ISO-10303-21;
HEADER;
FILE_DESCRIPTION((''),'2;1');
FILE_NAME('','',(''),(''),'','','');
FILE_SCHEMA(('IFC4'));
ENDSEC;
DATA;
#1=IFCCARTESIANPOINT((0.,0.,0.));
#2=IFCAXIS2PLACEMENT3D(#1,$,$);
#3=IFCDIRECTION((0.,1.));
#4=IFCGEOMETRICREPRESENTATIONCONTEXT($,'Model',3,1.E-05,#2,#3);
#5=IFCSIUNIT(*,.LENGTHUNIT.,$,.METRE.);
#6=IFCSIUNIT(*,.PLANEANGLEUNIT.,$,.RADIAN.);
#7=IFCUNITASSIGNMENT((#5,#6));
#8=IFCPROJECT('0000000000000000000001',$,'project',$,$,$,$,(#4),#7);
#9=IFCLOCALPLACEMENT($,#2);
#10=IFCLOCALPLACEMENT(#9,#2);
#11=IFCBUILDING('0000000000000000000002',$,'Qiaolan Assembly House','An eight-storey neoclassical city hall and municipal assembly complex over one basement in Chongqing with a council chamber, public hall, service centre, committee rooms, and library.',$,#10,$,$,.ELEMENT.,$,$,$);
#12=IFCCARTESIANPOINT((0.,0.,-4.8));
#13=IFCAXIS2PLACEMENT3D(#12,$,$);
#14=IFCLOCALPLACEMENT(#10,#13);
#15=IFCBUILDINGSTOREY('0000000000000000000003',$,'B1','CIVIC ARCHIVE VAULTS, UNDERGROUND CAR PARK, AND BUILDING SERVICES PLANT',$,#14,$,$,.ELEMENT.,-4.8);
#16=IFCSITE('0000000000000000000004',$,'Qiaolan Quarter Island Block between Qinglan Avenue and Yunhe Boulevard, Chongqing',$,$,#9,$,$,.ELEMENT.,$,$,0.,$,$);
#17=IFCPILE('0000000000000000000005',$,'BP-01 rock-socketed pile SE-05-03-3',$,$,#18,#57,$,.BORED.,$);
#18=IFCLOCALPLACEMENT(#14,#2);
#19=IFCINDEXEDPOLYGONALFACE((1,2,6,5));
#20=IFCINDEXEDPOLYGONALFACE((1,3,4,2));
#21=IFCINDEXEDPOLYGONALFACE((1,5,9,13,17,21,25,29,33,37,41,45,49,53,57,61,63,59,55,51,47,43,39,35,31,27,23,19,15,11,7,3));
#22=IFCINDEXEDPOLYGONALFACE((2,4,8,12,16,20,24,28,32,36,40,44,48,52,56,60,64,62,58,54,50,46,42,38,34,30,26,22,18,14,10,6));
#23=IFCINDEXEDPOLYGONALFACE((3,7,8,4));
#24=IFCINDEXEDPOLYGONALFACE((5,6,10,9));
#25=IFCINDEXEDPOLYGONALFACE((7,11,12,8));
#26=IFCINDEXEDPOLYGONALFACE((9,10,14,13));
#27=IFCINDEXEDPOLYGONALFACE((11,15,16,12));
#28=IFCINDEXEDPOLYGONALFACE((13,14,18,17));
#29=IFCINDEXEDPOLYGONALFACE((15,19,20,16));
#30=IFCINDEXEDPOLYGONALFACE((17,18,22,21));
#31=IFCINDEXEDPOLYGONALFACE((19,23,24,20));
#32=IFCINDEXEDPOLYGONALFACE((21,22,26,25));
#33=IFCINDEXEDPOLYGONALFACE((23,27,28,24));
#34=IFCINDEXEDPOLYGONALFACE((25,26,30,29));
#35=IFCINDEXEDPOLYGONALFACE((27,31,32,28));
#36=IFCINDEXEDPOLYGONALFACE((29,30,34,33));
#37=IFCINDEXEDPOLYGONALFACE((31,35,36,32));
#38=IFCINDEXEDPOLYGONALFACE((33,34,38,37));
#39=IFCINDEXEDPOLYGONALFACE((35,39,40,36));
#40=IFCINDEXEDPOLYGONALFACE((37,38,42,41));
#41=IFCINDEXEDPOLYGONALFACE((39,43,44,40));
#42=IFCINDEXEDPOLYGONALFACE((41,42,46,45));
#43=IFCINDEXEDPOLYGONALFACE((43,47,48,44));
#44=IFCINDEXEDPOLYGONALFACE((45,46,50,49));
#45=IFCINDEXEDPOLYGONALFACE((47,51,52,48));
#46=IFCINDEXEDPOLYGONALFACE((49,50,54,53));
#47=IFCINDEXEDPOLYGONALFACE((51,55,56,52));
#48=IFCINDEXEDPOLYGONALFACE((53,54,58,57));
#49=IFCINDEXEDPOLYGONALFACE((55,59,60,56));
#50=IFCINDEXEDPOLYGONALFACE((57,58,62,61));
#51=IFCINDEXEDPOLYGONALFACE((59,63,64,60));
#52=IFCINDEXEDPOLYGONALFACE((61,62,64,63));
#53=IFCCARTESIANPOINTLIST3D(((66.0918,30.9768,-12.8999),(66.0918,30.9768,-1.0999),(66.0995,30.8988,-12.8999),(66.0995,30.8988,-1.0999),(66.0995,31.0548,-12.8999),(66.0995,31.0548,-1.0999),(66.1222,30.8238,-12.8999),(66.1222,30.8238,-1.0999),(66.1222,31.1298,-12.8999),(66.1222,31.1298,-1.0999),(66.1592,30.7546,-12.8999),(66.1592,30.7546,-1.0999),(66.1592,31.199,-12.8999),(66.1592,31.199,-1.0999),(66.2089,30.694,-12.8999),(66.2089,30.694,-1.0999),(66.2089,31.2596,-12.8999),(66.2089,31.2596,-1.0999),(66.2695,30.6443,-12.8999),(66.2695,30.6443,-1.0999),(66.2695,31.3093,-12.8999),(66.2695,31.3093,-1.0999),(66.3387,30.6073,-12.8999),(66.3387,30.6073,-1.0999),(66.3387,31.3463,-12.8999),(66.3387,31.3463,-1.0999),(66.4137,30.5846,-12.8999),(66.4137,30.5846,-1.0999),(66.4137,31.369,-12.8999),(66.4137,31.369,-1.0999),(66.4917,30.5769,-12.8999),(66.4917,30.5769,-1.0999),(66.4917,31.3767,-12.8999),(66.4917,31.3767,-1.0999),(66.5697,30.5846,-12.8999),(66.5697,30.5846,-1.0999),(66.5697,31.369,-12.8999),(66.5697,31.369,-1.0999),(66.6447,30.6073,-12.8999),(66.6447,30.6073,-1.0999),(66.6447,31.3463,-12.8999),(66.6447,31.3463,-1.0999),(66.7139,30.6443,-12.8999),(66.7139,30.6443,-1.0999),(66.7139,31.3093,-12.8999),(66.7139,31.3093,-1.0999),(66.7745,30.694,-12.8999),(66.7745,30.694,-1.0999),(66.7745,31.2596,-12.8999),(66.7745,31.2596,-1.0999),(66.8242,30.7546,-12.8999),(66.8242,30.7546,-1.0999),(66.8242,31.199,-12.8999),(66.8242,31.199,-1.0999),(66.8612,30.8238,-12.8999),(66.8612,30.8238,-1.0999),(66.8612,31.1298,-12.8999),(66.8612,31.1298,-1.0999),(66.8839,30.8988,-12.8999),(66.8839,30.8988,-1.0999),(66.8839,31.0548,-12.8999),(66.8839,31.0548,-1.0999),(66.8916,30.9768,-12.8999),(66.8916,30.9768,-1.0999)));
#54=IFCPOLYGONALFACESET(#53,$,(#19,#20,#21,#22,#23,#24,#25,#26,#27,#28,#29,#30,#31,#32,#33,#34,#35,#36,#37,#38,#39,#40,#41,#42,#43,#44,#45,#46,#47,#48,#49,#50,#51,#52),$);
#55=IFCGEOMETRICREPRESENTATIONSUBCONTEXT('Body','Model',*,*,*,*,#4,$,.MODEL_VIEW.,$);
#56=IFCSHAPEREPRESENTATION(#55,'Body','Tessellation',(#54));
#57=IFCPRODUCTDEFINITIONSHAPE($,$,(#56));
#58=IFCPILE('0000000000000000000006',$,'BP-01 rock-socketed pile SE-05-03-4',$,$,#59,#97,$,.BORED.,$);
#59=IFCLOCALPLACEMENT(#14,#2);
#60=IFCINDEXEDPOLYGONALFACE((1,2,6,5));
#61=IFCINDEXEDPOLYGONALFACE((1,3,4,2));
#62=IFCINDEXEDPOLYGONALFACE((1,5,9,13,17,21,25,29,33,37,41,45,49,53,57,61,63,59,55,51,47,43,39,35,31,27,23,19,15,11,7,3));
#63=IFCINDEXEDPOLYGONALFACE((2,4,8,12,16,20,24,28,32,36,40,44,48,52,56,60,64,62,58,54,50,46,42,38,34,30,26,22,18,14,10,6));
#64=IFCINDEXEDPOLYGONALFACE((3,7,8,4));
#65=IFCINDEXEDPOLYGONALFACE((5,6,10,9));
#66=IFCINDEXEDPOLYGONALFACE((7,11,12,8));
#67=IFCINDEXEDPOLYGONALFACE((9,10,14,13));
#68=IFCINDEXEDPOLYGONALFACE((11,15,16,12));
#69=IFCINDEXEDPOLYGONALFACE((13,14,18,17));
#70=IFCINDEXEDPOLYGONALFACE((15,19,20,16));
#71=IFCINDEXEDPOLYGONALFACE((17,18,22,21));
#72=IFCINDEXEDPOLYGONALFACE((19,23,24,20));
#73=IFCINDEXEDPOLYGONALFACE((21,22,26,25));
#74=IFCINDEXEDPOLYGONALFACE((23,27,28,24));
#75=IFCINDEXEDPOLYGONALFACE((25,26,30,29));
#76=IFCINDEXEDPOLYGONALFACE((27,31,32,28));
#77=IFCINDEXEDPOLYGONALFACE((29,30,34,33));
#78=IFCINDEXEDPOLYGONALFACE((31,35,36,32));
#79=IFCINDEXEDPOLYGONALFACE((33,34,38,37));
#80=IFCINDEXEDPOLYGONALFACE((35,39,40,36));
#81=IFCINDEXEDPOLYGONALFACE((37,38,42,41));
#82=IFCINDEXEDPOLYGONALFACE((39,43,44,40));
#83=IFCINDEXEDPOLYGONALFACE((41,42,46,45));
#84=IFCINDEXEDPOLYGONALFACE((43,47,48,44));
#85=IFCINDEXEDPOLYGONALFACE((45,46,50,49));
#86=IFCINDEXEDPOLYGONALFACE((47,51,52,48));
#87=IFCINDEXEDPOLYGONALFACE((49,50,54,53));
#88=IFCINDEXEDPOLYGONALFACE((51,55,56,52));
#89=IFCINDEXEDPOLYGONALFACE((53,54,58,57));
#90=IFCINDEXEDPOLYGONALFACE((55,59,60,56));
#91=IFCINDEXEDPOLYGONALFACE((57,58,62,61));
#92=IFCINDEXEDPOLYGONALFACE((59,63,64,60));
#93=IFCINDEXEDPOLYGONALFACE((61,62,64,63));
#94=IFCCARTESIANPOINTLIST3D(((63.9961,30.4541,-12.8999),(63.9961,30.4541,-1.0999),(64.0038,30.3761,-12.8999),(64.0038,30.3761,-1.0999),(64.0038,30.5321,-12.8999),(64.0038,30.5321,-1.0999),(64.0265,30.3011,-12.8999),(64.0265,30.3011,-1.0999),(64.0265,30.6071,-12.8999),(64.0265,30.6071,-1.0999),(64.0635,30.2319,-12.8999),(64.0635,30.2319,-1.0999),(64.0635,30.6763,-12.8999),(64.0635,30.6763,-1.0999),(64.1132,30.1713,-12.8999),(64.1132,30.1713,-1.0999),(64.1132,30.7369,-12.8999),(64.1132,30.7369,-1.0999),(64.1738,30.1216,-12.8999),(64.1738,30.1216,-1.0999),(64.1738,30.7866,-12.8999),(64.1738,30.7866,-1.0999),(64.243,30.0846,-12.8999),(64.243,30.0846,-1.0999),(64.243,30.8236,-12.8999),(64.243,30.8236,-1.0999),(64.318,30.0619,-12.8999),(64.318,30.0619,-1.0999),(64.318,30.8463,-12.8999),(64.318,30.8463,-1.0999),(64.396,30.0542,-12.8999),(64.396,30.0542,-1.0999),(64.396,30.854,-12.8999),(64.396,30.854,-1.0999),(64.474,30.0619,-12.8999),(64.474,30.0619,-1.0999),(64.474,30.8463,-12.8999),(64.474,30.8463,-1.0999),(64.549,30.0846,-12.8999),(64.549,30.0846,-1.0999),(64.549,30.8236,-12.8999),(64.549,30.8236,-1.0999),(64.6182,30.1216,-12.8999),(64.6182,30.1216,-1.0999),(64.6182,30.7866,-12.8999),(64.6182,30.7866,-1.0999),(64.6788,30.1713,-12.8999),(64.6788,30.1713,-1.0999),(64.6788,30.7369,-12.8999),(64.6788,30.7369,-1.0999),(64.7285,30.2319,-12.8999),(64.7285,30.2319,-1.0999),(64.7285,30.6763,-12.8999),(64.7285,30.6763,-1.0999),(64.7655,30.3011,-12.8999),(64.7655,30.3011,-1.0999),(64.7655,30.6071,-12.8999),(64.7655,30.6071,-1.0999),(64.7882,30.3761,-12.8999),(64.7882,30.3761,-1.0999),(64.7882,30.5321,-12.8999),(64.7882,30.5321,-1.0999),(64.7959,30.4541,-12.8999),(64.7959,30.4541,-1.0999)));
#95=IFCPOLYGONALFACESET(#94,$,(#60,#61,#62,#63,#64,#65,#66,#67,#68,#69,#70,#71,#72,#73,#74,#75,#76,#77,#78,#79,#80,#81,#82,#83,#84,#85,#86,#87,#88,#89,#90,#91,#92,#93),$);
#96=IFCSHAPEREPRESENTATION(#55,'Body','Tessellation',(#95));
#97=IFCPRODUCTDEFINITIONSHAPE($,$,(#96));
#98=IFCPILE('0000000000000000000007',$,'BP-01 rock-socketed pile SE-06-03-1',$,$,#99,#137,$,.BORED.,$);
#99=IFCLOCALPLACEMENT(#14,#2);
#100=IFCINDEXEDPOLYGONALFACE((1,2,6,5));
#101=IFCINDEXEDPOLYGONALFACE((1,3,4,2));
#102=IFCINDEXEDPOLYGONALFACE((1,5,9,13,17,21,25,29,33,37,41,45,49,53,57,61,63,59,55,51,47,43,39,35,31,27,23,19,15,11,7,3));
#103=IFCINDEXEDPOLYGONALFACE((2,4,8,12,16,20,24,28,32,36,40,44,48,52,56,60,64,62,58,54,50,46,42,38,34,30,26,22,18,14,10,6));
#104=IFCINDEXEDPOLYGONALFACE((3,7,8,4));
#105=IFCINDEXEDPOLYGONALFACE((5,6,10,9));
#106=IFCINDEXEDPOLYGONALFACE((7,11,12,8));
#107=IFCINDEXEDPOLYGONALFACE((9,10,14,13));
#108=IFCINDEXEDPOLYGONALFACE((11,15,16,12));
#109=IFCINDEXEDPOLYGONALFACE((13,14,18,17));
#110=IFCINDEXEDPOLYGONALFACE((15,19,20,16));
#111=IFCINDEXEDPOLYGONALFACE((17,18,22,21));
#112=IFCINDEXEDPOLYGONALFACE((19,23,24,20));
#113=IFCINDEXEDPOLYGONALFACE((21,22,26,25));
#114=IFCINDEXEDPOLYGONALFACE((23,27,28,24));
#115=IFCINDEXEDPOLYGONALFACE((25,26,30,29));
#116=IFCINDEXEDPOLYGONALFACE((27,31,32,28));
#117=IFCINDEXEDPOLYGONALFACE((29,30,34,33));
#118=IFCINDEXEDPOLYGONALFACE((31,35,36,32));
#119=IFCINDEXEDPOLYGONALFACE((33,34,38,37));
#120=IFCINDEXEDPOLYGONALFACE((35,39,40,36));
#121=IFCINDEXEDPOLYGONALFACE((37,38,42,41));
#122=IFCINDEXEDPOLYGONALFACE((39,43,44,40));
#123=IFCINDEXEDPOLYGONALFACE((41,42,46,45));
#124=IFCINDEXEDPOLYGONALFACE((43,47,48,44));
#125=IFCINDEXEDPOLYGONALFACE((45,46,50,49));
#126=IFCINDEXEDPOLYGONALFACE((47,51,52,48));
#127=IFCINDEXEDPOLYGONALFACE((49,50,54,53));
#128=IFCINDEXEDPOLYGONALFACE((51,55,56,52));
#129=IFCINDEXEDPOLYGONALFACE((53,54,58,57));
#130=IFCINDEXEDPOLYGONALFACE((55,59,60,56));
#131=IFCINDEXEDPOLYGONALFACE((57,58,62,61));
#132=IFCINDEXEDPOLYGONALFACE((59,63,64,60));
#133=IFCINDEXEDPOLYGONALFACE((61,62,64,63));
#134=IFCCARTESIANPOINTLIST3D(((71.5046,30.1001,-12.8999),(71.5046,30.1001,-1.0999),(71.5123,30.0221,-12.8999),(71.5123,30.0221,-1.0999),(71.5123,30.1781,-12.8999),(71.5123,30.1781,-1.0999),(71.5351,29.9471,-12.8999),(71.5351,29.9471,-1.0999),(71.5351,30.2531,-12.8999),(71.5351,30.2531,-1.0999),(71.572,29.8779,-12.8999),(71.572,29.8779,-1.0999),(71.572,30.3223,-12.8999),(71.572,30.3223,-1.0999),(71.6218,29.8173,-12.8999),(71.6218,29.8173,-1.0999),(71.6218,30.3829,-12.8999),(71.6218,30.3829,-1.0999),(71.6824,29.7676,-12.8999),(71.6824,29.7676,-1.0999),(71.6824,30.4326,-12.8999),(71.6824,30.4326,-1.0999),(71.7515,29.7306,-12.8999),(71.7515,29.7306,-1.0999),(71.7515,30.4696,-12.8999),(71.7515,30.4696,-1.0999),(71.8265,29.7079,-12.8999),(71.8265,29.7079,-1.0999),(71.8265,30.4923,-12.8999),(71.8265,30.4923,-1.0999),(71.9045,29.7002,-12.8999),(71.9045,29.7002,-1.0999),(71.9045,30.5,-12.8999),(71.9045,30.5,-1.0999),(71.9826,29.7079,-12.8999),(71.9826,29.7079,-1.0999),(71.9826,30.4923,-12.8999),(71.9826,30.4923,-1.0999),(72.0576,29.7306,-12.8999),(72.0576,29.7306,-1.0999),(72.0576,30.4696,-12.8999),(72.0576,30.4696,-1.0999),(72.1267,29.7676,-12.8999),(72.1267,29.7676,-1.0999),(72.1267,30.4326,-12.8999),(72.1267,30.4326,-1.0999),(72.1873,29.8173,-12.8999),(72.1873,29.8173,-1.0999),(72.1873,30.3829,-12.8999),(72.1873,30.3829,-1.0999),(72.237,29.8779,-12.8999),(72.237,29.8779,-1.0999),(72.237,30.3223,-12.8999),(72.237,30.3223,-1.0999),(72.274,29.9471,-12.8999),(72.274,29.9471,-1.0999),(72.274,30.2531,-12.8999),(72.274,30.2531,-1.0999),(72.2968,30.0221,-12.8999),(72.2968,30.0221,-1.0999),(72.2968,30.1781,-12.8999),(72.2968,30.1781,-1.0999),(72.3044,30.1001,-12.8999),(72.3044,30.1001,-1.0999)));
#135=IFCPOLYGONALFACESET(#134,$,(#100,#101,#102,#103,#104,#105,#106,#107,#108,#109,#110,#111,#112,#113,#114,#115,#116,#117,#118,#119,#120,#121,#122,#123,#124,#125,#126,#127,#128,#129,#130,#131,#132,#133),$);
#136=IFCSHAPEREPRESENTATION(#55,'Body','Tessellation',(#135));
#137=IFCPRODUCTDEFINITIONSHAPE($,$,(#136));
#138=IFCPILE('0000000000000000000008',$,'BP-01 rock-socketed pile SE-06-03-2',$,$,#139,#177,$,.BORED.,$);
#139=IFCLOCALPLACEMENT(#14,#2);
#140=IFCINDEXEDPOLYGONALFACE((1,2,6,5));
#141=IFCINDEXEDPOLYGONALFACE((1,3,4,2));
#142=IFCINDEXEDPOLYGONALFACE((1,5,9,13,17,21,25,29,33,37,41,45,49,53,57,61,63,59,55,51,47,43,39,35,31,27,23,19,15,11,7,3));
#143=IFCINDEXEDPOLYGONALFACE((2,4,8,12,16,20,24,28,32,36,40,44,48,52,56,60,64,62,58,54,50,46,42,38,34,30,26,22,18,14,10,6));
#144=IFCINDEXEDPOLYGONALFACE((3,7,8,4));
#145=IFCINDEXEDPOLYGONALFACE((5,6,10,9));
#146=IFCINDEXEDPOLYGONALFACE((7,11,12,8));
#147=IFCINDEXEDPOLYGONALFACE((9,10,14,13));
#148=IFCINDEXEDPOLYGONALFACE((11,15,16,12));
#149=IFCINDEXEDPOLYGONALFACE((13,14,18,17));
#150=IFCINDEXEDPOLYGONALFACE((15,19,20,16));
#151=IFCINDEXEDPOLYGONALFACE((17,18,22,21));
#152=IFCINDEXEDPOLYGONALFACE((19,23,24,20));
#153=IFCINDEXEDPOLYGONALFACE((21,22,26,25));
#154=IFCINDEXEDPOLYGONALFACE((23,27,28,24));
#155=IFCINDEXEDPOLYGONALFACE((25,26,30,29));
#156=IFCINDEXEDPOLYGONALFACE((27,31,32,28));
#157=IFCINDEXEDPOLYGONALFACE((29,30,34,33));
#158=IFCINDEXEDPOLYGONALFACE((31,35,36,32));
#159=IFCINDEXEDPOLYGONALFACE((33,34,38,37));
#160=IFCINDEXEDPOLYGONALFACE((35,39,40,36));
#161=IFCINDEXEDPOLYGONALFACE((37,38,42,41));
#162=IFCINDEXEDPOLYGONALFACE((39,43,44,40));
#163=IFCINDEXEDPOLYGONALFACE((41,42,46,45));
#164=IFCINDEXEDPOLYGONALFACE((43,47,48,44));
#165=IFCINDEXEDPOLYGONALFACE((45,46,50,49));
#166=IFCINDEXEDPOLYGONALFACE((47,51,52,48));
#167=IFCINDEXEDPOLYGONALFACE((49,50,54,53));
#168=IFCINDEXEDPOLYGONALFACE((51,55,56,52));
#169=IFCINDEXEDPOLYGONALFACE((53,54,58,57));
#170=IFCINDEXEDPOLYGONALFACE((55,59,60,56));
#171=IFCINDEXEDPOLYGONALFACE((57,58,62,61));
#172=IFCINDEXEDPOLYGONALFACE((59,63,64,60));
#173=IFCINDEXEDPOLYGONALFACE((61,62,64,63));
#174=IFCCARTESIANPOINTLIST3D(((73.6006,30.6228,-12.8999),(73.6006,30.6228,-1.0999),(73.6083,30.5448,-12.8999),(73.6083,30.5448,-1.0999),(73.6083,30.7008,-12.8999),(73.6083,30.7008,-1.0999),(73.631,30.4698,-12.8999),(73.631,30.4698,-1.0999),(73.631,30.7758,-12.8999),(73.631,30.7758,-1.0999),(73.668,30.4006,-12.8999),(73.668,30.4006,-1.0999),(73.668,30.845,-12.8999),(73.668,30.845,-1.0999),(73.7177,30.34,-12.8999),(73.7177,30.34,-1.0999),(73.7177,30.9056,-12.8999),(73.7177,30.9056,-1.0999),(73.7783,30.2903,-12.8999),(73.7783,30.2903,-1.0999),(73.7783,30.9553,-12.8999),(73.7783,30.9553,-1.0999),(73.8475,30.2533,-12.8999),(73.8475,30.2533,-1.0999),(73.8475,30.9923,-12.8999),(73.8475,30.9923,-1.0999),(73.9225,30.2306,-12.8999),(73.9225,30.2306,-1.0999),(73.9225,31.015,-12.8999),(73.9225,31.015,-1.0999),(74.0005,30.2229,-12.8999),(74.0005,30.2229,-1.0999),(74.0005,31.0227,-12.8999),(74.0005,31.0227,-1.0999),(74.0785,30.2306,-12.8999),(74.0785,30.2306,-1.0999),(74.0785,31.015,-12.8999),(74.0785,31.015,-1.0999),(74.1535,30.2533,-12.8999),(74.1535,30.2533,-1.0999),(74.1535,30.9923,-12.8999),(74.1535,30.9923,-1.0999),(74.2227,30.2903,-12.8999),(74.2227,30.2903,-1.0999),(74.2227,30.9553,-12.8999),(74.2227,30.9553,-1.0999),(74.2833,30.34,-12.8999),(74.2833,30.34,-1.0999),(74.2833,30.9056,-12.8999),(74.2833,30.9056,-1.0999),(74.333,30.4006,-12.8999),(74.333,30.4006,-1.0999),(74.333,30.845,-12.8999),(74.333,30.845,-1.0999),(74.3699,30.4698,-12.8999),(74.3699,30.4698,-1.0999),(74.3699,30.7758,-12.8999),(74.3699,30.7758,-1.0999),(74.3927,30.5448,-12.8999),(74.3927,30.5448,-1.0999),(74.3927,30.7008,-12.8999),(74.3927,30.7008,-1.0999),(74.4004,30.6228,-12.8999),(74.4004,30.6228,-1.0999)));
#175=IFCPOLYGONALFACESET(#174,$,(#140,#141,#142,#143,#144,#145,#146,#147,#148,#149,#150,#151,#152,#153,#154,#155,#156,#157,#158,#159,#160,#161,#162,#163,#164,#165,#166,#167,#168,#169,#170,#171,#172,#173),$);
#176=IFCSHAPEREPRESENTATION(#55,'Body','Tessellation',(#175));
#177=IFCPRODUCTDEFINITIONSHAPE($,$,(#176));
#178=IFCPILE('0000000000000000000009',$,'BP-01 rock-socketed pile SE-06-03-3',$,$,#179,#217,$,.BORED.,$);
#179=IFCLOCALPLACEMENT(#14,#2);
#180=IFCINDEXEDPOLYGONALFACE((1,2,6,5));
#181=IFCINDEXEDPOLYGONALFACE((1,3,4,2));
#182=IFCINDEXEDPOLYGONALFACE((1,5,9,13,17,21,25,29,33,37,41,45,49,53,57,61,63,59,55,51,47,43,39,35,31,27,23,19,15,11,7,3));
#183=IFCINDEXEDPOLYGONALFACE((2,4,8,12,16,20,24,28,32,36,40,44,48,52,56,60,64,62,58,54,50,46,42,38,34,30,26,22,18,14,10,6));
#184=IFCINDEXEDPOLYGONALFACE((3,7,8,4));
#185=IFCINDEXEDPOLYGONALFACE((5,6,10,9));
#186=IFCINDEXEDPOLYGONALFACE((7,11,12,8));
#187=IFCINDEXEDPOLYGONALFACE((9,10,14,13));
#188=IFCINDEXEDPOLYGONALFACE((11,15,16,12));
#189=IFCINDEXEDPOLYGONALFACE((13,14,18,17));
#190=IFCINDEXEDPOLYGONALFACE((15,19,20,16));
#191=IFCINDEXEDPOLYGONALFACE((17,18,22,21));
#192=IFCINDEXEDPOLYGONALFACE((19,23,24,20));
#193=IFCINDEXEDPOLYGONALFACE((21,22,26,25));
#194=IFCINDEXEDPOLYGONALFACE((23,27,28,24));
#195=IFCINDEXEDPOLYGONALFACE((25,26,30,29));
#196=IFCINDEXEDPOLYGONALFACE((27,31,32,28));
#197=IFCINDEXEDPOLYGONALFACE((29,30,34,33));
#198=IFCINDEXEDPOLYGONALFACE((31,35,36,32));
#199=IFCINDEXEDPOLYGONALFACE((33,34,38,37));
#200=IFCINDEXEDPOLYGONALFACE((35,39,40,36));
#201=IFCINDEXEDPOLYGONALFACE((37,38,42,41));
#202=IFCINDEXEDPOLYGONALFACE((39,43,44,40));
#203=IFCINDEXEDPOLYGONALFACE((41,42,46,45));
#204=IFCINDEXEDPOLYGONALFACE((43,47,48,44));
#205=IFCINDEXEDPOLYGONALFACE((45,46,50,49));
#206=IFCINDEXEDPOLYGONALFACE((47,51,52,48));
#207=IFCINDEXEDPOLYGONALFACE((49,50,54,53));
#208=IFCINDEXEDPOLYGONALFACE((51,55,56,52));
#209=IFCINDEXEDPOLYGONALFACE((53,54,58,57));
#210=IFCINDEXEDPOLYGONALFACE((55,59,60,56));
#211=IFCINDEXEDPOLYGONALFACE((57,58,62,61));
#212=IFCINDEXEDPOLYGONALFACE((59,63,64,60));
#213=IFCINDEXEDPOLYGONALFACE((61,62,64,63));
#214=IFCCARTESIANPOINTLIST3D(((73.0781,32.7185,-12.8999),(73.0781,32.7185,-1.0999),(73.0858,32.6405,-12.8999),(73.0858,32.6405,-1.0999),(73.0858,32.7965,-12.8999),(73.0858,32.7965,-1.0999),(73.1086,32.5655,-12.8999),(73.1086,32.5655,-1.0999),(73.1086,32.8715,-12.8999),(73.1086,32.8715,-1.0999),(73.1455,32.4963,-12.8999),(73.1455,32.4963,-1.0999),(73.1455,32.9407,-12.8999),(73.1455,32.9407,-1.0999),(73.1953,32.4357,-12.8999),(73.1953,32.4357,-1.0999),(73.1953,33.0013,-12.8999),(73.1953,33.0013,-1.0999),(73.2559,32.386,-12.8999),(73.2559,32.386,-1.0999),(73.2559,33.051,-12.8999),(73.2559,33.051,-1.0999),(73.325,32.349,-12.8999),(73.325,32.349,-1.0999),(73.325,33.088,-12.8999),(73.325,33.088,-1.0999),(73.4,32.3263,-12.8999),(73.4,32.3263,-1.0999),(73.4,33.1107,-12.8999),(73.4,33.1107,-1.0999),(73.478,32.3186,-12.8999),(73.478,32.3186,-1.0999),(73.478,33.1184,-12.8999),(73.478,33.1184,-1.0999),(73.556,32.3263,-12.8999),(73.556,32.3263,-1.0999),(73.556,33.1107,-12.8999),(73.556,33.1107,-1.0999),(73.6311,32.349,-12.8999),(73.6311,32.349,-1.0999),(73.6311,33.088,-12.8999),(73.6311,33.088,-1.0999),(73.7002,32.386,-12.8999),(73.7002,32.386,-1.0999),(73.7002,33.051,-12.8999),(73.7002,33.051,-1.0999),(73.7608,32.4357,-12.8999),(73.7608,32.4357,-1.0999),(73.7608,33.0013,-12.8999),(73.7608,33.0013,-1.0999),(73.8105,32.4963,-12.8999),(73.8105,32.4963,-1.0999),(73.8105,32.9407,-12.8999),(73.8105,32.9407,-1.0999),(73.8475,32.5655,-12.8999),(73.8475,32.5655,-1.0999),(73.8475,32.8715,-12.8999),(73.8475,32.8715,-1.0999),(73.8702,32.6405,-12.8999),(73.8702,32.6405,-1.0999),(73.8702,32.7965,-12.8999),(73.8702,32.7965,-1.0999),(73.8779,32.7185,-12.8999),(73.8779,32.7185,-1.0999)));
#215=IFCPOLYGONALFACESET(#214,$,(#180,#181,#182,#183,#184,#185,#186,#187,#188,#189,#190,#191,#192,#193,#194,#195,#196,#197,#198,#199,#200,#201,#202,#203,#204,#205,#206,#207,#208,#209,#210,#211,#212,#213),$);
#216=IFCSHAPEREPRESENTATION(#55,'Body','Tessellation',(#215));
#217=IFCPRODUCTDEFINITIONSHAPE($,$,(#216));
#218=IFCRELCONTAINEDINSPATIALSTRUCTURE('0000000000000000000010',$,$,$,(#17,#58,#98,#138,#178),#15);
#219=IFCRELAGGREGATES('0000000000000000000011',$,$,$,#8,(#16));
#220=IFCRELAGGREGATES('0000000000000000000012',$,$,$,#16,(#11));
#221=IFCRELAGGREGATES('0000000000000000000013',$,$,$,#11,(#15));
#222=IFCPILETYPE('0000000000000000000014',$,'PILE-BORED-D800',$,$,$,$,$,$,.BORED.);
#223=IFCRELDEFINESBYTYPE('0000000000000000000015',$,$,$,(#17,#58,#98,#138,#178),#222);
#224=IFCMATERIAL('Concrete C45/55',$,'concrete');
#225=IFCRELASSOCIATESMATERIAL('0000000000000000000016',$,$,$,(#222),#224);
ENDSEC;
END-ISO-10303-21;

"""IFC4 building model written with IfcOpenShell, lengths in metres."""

from ifc_helpers import new_model, si_unit, direction, frame, origin, origin_2d, place, context, subcontext, project, spatial, circle, extrude, material, material_profile, profile_set, type_object, element, save


model = new_model("IFC4")

# Units and contexts
model_context = context("Model", 3, precision=1e-05, world=origin(), true_north=direction((0.0, 1.0)))
body_context = subcontext(model_context, "Body", "Model", "MODEL_VIEW")
ifc_project = project(units=[si_unit("LENGTHUNIT", "METRE"), si_unit("PLANEANGLEUNIT", "RADIAN")], contexts=[model_context])

# Site, building, storey
site_placement = place(None, origin())
site = spatial("IfcSite", under=ifc_project, at=site_placement, Name="Qiaolan Quarter Island Block between Qinglan Avenue and Yunhe Boulevard, Chongqing", CompositionType="ELEMENT", RefElevation=0.0)
building_placement = place(site_placement, origin())
building = spatial("IfcBuilding", under=site, at=building_placement, Name="Qiaolan Assembly House", Description="An eight-storey neoclassical city hall and municipal assembly complex over one basement in Chongqing with a council chamber, public hall, service centre, committee rooms, and library.", CompositionType="ELEMENT")
storey_placement = place(building_placement, frame((0.0, 0.0, -4.8)))
storey = spatial("IfcBuildingStorey", under=building, at=storey_placement, Name="B1", Description="CIVIC ARCHIVE VAULTS, UNDERGROUND CAR PARK, AND BUILDING SERVICES PLANT", CompositionType="ELEMENT", Elevation=-4.8)

# Piles
ifc_material_1 = material(Name="Concrete C45/55", Category="concrete")
ifc_material_profile_1 = material_profile(ifc_material_1, circle(Radius=0.3999, at=origin_2d()), Name="PILE D800")
ifc_profile_set_1 = profile_set([ifc_material_profile_1], Name="Concrete C45/55")
pile_type = type_object("IfcPileType", Name="PILE-BORED-D800", PredefinedType="BORED", material=ifc_profile_set_1)
for number, where, z_axis, x_axis, name in (
    (1, (66.4917, 30.9768, -1.0999), (0.0, 0.0, -1.0), (1.0, 0.0, 0.0), "BP-01 rock-socketed pile SE-05-03-3"),
    (2, (64.396, 30.4541, -1.0999), (0.0, 0.0, -1.0), (1.0, 0.0, 0.0), "BP-01 rock-socketed pile SE-05-03-4"),
    (3, (71.9045, 30.1001, -1.0999), (0.0, 0.0, -1.0), (1.0, 0.0, 0.0), "BP-01 rock-socketed pile SE-06-03-1"),
    (4, (74.0005, 30.6228, -1.0999), (0.0, 0.0, -1.0), (1.0, 0.0, 0.0), "BP-01 rock-socketed pile SE-06-03-2"),
    (5, (73.478, 32.7185, -1.0999), (0.0, 0.0, -1.0), (1.0, 0.0, 0.0), "BP-01 rock-socketed pile SE-06-03-3"),
):
    element("IfcPile", number, at=place(storey_placement, frame(where, z_axis=z_axis, x_axis=x_axis)), inside=storey, type_object=pile_type, Name=name, PredefinedType="BORED", context=body_context, shape_type="SweptSolid", body=[
        extrude(circle(Radius=0.3999, at=origin_2d()), origin(), (0.0, 0.0, 1.0), 11.8),
    ])

save(model, "model.ifc")
